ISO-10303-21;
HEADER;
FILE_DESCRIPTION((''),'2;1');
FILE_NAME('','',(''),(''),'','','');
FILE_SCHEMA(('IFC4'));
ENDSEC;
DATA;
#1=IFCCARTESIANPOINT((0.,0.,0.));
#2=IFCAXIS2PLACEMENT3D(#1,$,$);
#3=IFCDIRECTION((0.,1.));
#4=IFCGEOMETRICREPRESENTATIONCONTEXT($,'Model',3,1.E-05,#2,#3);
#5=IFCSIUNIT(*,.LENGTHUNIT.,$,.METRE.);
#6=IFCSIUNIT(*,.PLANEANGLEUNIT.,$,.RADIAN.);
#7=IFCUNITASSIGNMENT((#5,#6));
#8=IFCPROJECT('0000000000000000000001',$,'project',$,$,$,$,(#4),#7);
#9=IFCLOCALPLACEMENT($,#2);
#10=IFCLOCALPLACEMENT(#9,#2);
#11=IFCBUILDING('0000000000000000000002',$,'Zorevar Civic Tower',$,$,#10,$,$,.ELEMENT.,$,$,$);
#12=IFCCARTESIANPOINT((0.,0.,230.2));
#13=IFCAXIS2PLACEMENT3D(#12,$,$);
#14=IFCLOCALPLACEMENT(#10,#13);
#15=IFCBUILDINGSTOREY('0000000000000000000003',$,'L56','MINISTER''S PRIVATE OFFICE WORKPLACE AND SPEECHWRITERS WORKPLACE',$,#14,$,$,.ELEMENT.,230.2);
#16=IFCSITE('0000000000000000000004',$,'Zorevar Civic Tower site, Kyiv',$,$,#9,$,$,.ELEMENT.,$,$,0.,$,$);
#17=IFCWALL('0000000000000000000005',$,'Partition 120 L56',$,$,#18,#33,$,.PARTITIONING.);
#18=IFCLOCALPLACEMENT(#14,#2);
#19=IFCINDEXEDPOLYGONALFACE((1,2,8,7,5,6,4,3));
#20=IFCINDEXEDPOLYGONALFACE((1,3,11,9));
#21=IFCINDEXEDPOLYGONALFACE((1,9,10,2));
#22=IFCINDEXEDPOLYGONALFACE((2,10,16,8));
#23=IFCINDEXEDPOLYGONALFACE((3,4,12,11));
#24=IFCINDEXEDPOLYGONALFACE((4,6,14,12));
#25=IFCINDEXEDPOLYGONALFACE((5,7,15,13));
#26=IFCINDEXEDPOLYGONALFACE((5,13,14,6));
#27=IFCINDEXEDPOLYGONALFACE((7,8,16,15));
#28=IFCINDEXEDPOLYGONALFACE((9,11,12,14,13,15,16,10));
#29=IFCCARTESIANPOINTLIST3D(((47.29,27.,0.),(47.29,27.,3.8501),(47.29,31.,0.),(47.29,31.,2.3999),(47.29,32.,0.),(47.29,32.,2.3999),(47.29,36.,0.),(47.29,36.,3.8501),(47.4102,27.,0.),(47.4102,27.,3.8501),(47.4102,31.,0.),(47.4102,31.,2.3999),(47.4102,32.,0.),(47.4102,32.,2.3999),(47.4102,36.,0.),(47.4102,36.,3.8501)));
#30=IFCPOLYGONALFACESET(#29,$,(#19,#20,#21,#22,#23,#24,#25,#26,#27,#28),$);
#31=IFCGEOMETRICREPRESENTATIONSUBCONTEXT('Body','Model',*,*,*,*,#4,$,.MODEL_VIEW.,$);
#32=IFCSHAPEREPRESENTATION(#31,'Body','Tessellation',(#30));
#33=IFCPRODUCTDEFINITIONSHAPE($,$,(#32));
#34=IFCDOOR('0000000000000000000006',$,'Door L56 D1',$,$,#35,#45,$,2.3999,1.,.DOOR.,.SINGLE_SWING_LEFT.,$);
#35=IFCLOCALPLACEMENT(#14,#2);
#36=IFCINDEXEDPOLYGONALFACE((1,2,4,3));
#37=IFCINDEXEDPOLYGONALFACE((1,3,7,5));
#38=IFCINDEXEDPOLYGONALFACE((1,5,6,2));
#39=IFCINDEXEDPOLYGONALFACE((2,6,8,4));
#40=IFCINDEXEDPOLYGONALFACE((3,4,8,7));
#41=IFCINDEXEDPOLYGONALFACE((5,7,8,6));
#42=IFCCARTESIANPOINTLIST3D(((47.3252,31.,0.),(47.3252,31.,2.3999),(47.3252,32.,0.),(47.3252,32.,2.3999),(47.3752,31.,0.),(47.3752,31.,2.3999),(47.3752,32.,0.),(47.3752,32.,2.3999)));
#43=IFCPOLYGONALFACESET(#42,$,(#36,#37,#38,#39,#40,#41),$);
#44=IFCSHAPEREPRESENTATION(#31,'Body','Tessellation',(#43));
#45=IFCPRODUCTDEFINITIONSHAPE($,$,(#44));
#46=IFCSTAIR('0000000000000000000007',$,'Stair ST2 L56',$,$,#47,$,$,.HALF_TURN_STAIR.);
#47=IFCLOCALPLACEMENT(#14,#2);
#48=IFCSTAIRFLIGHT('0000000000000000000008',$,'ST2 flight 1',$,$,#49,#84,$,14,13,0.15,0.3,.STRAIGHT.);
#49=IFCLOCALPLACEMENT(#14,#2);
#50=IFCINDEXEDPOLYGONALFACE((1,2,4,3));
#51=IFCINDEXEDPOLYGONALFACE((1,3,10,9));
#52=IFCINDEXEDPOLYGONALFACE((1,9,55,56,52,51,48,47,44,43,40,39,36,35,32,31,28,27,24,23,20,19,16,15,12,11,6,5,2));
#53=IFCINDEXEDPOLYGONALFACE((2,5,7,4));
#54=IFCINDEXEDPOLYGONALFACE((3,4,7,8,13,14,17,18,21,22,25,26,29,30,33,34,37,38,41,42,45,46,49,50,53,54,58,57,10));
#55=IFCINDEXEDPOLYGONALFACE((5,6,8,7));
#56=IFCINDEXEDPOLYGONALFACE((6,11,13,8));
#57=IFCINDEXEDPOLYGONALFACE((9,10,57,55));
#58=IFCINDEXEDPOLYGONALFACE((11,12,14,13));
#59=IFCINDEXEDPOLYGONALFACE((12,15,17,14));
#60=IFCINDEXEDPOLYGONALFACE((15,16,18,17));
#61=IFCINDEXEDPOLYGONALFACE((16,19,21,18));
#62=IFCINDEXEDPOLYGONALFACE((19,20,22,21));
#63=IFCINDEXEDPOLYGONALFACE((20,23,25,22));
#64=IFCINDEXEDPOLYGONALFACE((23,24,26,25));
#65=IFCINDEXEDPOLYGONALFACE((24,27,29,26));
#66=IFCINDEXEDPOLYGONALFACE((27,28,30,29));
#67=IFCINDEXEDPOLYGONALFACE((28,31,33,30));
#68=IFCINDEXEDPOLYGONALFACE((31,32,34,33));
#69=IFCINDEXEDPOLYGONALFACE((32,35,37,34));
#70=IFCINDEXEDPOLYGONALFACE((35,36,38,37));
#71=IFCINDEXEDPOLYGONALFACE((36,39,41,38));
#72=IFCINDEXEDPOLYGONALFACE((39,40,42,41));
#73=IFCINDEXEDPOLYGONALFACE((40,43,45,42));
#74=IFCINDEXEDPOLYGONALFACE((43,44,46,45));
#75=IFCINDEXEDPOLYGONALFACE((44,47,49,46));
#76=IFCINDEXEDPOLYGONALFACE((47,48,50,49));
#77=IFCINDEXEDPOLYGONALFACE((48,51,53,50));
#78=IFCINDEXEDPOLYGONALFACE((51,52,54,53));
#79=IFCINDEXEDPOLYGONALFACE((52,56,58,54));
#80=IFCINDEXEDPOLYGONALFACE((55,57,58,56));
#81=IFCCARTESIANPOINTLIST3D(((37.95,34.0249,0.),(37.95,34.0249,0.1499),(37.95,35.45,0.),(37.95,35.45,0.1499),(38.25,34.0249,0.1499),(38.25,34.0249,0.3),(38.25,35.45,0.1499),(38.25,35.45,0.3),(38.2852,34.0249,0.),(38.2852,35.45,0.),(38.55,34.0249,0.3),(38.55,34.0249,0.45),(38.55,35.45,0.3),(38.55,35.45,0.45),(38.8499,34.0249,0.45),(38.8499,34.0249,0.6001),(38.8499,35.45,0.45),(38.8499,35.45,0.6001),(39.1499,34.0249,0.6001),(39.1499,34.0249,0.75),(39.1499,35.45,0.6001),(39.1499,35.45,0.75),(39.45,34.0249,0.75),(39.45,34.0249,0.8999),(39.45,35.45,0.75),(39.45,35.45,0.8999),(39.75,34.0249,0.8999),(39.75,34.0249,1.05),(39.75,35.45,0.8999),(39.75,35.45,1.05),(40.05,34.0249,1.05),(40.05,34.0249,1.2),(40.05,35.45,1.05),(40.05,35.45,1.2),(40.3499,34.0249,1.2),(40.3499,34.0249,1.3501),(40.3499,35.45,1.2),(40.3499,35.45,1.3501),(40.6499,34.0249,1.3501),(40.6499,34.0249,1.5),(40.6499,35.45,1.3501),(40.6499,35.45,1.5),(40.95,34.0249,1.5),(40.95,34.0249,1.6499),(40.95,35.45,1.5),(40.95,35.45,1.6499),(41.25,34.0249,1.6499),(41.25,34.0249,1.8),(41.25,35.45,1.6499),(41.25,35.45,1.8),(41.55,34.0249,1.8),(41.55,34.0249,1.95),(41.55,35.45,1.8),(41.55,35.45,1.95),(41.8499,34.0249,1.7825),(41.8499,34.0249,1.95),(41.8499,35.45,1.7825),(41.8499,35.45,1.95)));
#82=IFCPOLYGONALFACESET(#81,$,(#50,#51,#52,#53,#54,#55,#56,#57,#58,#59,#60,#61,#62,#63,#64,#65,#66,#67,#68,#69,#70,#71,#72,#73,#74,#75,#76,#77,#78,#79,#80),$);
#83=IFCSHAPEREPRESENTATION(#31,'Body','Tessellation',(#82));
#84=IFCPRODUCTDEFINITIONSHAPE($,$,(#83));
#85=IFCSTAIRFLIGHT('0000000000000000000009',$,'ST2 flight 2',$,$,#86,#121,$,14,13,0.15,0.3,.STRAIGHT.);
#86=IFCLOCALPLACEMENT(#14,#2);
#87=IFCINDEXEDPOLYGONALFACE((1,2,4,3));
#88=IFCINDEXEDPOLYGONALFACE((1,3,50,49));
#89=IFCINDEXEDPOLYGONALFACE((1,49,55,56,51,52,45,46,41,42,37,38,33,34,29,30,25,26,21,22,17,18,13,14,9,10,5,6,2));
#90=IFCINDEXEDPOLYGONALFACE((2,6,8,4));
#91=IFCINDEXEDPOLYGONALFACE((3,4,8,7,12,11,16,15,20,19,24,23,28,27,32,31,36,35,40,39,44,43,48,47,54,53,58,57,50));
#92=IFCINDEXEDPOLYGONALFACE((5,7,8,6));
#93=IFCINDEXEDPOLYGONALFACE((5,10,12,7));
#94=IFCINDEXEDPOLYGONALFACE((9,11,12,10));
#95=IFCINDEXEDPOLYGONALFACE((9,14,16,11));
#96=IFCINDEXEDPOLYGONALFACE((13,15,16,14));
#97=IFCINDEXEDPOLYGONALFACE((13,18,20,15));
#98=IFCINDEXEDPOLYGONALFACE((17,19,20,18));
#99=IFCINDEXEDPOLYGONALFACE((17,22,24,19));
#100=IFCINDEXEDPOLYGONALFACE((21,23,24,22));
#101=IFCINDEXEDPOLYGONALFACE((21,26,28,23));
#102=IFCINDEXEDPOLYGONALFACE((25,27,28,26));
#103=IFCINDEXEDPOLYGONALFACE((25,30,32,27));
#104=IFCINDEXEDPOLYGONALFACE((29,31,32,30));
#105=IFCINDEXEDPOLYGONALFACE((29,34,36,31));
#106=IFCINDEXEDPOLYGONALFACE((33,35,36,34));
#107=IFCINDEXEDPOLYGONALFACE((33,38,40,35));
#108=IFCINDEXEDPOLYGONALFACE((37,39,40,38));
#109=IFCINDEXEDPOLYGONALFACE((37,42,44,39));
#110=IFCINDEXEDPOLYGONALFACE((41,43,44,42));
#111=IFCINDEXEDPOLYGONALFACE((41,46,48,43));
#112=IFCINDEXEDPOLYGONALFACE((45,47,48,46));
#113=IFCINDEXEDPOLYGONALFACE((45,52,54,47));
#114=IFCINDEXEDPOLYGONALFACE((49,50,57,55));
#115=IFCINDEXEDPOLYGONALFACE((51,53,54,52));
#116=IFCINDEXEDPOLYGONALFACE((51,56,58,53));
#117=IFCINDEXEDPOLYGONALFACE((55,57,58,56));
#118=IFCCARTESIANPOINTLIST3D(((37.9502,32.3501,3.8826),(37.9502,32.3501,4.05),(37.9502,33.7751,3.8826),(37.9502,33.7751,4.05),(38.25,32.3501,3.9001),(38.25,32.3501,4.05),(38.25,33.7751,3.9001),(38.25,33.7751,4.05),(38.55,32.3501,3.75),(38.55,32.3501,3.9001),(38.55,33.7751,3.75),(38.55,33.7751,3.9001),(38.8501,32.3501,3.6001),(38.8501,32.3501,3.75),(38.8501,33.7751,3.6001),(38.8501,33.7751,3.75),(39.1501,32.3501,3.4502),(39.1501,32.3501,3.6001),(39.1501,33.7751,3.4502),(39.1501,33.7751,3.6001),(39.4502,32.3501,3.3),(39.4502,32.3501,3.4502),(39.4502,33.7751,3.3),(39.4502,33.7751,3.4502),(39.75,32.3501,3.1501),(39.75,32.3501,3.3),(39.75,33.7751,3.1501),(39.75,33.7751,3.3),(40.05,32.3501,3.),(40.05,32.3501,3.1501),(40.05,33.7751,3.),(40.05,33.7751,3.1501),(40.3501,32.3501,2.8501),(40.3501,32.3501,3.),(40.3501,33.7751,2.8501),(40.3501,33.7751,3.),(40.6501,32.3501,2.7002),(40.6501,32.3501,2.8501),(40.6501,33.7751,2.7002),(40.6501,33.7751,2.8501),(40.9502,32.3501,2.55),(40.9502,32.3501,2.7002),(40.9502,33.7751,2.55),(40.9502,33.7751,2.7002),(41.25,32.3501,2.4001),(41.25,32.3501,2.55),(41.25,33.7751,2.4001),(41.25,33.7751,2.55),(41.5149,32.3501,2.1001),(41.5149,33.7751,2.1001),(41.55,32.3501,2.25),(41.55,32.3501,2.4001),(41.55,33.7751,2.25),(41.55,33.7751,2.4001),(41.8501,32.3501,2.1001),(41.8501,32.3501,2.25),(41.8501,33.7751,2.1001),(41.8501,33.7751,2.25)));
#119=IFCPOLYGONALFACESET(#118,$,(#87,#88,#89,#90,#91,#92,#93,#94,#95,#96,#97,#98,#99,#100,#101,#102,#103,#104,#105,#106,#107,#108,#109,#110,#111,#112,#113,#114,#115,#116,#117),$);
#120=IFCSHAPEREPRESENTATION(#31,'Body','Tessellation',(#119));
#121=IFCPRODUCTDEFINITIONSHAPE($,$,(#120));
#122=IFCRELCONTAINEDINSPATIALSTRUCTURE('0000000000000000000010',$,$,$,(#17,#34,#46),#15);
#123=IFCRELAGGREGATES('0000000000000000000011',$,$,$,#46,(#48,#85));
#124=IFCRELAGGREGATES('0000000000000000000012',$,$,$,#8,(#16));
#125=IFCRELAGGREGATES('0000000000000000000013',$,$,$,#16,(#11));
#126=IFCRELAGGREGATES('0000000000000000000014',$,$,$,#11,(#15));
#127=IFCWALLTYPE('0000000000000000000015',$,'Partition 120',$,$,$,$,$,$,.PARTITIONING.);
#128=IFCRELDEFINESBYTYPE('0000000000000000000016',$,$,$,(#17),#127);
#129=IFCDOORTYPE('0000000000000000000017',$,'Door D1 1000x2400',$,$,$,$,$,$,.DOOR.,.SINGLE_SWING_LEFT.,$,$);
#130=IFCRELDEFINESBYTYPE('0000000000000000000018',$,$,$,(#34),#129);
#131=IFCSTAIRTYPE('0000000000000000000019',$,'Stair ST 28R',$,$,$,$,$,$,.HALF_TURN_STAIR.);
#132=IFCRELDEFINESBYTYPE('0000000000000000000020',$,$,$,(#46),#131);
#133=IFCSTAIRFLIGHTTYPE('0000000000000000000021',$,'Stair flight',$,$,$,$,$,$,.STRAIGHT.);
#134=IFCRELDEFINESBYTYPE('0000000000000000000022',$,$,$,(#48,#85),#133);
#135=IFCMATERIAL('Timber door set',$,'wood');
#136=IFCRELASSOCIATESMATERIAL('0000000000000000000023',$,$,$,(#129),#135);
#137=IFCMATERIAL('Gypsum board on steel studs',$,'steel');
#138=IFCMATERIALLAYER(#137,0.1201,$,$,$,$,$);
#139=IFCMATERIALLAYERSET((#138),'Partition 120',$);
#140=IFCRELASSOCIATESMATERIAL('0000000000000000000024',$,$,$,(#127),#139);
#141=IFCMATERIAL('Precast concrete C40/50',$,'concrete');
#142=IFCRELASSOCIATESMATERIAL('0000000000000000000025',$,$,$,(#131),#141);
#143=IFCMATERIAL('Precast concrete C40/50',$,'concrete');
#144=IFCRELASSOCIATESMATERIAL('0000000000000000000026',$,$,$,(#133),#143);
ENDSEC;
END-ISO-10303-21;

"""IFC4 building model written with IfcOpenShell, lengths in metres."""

from ifc_helpers import new_model, si_unit, direction, frame, frame_2d, origin, place, context, subcontext, project, spatial, polyline, rectangle, outline, extrude, material, layer, layer_set, type_object, element, fill, aggregate, save


model = new_model("IFC4")

# Units and contexts
model_context = context("Model", 3, precision=1e-05, world=origin(), true_north=direction((0.0, 1.0)))
body_context = subcontext(model_context, "Body", "Model", "MODEL_VIEW")
ifc_project = project(units=[si_unit("LENGTHUNIT", "METRE"), si_unit("PLANEANGLEUNIT", "RADIAN")], contexts=[model_context])

# Site, building, storey
site_placement = place(None, origin())
site = spatial("IfcSite", under=ifc_project, at=site_placement, Name="Zorevar Civic Tower site, Kyiv", CompositionType="ELEMENT", RefElevation=0.0)
building_placement = place(site_placement, origin())
building = spatial("IfcBuilding", under=site, at=building_placement, Name="Zorevar Civic Tower", CompositionType="ELEMENT")
storey_placement = place(building_placement, frame((0.0, 0.0, 230.2)))
storey = spatial("IfcBuildingStorey", under=building, at=storey_placement, Name="L56", Description="MINISTER'S PRIVATE OFFICE WORKPLACE AND SPEECHWRITERS WORKPLACE", CompositionType="ELEMENT", Elevation=230.2)

# Shared definitions
ifc_material_1 = material(Name="Timber door set", Category="wood")
door_type_1 = type_object("IfcDoorType", Name="Door D1 1000x2400", OperationType="SINGLE_SWING_LEFT", PredefinedType="DOOR", material=ifc_material_1)

# Shared definitions
ifc_material_2 = material(Name="Gypsum board on steel studs", Category="steel")
ifc_layer_1 = layer(ifc_material_2, 0.1201)
ifc_layer_set_1 = layer_set([ifc_layer_1], Name="Partition 120")
wall_type_1 = type_object("IfcWallType", Name="Partition 120", PredefinedType="PARTITIONING", material=ifc_layer_set_1)

# Wall, opening, door
wall_1_placement = place(storey_placement, frame((47.3501, 27.0, 0.0), z_axis=(0.0, 0.0, 1.0), x_axis=(0.0, 1.0, 0.0)))
wall_1 = element("IfcWall", 1, at=wall_1_placement, inside=storey, type_object=wall_type_1, Name="Partition 120 L56", PredefinedType="PARTITIONING", context=body_context, shape_type="SweptSolid", body=[
    extrude(rectangle(XDim=9.0, YDim=0.1201, at=frame_2d((4.5, 0.0))), origin(), (0.0, 0.0, 1.0), 3.8501),
])
opening_1_placement = place(wall_1_placement, frame((4.0, 0.0, 0.0)))
opening_1 = element("IfcOpeningElement", 2, at=opening_1_placement, cuts=wall_1, PredefinedType="OPENING", context=body_context, shape_type="SweptSolid", body=[
    extrude(rectangle(XDim=1.0, YDim=2.3999, at=frame_2d((0.5, 1.2))), frame((0.0, 0.0701, 0.0), z_axis=(0.0, -1.0, 0.0), x_axis=(1.0, 0.0, 0.0)), (0.0, 0.0, 1.0), 0.1401),
])
door_1_placement = place(opening_1_placement, origin())
door_1 = element("IfcDoor", 3, at=door_1_placement, inside=storey, type_object=door_type_1, Name="Door L56 D1", OperationType="SINGLE_SWING_LEFT", OverallHeight=2.3999, OverallWidth=1.0, PredefinedType="DOOR", context=body_context, shape_type="SweptSolid", body=[
    extrude(rectangle(XDim=1.0, YDim=2.3999, at=frame_2d((0.5, 1.2))), frame((0.0, 0.0249, 0.0), z_axis=(0.0, -1.0, 0.0), x_axis=(1.0, 0.0, 0.0)), (0.0, 0.0, 1.0), 0.05),
])
fill(opening_1, door_1)

# Stair, stair flights
ifc_material_3 = material(Name="Precast concrete C40/50", Category="concrete")
stair_type = type_object("IfcStairType", Name="Stair ST 28R", PredefinedType="HALF_TURN_STAIR", material=ifc_material_3)
stair_placement = place(storey_placement, origin())
stair = element("IfcStair", 4, at=stair_placement, inside=storey, type_object=stair_type, Name="Stair ST2 L56", PredefinedType="HALF_TURN_STAIR")
ifc_material_4 = material(Name="Precast concrete C40/50", Category="concrete")
stair_flight_type = type_object("IfcStairFlightType", Name="Stair flight", PredefinedType="STRAIGHT", material=ifc_material_4)
stair_flight_1_placement = place(storey_placement, frame((37.95, 34.7375, 0.0), z_axis=(0.0, 0.0, 1.0), x_axis=(1.0, 0.0, 0.0)))
stair_flight_1 = element("IfcStairFlight", 5, at=stair_flight_1_placement, type_object=stair_flight_type, Name="ST2 flight 1", NumberOfRisers=14, NumberOfTreads=13, PredefinedType="STRAIGHT", RiserHeight=0.15, TreadLength=0.3, context=body_context, shape_type="SweptSolid", body=[
    extrude(outline(polyline([(0.0, 0.0), (0.0, 0.1499), (0.3, 0.1499), (0.3, 0.3), (0.6001, 0.3), (0.6001, 0.45), (0.8999, 0.45), (0.8999, 0.6001), (1.2, 0.6001), (1.2, 0.75), (1.5, 0.75), (1.5, 0.8999), (1.8, 0.8999), (1.8, 1.05), (2.1001, 1.05), (2.1001, 1.2), (2.3999, 1.2), (2.3999, 1.3501), (2.7, 1.3501), (2.7, 1.5), (3.0, 1.5), (3.0, 1.6499), (3.3, 1.6499), (3.3, 1.8), (3.6001, 1.8), (3.6001, 1.95), (3.8999, 1.95), (3.8999, 2.1001), (3.8999, 1.7825), (0.3352, 0.0), (0.0, 0.0)])), frame((0.0, 0.7124, 0.0), z_axis=(0.0, -1.0, 0.0), x_axis=(1.0, 0.0, 0.0)), (0.0, 0.0, 1.0), 1.425),
])
stair_flight_2_placement = place(storey_placement, frame((41.8501, 33.0625, 2.1001), z_axis=(0.0, 0.0, 1.0), x_axis=(-1.0, 0.0, 0.0)))
stair_flight_2 = element("IfcStairFlight", 6, at=stair_flight_2_placement, type_object=stair_flight_type, Name="ST2 flight 2", NumberOfRisers=14, NumberOfTreads=13, PredefinedType="STRAIGHT", RiserHeight=0.15, TreadLength=0.3, context=body_context, shape_type="SweptSolid", body=[
    extrude(outline(polyline([(0.0, 0.0), (0.0, 0.1499), (0.3, 0.1499), (0.3, 0.3), (0.6001, 0.3), (0.6001, 0.45), (0.8999, 0.45), (0.8999, 0.6001), (1.2, 0.6001), (1.2, 0.75), (1.5, 0.75), (1.5, 0.8999), (1.8, 0.8999), (1.8, 1.05), (2.1001, 1.05), (2.1001, 1.2), (2.3999, 1.2), (2.3999, 1.3501), (2.7, 1.3501), (2.7, 1.5), (3.0, 1.5), (3.0, 1.6499), (3.3, 1.6499), (3.3, 1.8), (3.6001, 1.8), (3.6001, 1.95), (3.8999, 1.95), (3.8999, 2.1001), (3.8999, 1.7825), (0.3352, 0.0), (0.0, 0.0)])), frame((0.0, 0.7124, 0.0), z_axis=(0.0, -1.0, 0.0), x_axis=(1.0, 0.0, 0.0)), (0.0, 0.0, 1.0), 1.425),
])
aggregate(stair, [stair_flight_1, stair_flight_2])

save(model, "model.ifc")
